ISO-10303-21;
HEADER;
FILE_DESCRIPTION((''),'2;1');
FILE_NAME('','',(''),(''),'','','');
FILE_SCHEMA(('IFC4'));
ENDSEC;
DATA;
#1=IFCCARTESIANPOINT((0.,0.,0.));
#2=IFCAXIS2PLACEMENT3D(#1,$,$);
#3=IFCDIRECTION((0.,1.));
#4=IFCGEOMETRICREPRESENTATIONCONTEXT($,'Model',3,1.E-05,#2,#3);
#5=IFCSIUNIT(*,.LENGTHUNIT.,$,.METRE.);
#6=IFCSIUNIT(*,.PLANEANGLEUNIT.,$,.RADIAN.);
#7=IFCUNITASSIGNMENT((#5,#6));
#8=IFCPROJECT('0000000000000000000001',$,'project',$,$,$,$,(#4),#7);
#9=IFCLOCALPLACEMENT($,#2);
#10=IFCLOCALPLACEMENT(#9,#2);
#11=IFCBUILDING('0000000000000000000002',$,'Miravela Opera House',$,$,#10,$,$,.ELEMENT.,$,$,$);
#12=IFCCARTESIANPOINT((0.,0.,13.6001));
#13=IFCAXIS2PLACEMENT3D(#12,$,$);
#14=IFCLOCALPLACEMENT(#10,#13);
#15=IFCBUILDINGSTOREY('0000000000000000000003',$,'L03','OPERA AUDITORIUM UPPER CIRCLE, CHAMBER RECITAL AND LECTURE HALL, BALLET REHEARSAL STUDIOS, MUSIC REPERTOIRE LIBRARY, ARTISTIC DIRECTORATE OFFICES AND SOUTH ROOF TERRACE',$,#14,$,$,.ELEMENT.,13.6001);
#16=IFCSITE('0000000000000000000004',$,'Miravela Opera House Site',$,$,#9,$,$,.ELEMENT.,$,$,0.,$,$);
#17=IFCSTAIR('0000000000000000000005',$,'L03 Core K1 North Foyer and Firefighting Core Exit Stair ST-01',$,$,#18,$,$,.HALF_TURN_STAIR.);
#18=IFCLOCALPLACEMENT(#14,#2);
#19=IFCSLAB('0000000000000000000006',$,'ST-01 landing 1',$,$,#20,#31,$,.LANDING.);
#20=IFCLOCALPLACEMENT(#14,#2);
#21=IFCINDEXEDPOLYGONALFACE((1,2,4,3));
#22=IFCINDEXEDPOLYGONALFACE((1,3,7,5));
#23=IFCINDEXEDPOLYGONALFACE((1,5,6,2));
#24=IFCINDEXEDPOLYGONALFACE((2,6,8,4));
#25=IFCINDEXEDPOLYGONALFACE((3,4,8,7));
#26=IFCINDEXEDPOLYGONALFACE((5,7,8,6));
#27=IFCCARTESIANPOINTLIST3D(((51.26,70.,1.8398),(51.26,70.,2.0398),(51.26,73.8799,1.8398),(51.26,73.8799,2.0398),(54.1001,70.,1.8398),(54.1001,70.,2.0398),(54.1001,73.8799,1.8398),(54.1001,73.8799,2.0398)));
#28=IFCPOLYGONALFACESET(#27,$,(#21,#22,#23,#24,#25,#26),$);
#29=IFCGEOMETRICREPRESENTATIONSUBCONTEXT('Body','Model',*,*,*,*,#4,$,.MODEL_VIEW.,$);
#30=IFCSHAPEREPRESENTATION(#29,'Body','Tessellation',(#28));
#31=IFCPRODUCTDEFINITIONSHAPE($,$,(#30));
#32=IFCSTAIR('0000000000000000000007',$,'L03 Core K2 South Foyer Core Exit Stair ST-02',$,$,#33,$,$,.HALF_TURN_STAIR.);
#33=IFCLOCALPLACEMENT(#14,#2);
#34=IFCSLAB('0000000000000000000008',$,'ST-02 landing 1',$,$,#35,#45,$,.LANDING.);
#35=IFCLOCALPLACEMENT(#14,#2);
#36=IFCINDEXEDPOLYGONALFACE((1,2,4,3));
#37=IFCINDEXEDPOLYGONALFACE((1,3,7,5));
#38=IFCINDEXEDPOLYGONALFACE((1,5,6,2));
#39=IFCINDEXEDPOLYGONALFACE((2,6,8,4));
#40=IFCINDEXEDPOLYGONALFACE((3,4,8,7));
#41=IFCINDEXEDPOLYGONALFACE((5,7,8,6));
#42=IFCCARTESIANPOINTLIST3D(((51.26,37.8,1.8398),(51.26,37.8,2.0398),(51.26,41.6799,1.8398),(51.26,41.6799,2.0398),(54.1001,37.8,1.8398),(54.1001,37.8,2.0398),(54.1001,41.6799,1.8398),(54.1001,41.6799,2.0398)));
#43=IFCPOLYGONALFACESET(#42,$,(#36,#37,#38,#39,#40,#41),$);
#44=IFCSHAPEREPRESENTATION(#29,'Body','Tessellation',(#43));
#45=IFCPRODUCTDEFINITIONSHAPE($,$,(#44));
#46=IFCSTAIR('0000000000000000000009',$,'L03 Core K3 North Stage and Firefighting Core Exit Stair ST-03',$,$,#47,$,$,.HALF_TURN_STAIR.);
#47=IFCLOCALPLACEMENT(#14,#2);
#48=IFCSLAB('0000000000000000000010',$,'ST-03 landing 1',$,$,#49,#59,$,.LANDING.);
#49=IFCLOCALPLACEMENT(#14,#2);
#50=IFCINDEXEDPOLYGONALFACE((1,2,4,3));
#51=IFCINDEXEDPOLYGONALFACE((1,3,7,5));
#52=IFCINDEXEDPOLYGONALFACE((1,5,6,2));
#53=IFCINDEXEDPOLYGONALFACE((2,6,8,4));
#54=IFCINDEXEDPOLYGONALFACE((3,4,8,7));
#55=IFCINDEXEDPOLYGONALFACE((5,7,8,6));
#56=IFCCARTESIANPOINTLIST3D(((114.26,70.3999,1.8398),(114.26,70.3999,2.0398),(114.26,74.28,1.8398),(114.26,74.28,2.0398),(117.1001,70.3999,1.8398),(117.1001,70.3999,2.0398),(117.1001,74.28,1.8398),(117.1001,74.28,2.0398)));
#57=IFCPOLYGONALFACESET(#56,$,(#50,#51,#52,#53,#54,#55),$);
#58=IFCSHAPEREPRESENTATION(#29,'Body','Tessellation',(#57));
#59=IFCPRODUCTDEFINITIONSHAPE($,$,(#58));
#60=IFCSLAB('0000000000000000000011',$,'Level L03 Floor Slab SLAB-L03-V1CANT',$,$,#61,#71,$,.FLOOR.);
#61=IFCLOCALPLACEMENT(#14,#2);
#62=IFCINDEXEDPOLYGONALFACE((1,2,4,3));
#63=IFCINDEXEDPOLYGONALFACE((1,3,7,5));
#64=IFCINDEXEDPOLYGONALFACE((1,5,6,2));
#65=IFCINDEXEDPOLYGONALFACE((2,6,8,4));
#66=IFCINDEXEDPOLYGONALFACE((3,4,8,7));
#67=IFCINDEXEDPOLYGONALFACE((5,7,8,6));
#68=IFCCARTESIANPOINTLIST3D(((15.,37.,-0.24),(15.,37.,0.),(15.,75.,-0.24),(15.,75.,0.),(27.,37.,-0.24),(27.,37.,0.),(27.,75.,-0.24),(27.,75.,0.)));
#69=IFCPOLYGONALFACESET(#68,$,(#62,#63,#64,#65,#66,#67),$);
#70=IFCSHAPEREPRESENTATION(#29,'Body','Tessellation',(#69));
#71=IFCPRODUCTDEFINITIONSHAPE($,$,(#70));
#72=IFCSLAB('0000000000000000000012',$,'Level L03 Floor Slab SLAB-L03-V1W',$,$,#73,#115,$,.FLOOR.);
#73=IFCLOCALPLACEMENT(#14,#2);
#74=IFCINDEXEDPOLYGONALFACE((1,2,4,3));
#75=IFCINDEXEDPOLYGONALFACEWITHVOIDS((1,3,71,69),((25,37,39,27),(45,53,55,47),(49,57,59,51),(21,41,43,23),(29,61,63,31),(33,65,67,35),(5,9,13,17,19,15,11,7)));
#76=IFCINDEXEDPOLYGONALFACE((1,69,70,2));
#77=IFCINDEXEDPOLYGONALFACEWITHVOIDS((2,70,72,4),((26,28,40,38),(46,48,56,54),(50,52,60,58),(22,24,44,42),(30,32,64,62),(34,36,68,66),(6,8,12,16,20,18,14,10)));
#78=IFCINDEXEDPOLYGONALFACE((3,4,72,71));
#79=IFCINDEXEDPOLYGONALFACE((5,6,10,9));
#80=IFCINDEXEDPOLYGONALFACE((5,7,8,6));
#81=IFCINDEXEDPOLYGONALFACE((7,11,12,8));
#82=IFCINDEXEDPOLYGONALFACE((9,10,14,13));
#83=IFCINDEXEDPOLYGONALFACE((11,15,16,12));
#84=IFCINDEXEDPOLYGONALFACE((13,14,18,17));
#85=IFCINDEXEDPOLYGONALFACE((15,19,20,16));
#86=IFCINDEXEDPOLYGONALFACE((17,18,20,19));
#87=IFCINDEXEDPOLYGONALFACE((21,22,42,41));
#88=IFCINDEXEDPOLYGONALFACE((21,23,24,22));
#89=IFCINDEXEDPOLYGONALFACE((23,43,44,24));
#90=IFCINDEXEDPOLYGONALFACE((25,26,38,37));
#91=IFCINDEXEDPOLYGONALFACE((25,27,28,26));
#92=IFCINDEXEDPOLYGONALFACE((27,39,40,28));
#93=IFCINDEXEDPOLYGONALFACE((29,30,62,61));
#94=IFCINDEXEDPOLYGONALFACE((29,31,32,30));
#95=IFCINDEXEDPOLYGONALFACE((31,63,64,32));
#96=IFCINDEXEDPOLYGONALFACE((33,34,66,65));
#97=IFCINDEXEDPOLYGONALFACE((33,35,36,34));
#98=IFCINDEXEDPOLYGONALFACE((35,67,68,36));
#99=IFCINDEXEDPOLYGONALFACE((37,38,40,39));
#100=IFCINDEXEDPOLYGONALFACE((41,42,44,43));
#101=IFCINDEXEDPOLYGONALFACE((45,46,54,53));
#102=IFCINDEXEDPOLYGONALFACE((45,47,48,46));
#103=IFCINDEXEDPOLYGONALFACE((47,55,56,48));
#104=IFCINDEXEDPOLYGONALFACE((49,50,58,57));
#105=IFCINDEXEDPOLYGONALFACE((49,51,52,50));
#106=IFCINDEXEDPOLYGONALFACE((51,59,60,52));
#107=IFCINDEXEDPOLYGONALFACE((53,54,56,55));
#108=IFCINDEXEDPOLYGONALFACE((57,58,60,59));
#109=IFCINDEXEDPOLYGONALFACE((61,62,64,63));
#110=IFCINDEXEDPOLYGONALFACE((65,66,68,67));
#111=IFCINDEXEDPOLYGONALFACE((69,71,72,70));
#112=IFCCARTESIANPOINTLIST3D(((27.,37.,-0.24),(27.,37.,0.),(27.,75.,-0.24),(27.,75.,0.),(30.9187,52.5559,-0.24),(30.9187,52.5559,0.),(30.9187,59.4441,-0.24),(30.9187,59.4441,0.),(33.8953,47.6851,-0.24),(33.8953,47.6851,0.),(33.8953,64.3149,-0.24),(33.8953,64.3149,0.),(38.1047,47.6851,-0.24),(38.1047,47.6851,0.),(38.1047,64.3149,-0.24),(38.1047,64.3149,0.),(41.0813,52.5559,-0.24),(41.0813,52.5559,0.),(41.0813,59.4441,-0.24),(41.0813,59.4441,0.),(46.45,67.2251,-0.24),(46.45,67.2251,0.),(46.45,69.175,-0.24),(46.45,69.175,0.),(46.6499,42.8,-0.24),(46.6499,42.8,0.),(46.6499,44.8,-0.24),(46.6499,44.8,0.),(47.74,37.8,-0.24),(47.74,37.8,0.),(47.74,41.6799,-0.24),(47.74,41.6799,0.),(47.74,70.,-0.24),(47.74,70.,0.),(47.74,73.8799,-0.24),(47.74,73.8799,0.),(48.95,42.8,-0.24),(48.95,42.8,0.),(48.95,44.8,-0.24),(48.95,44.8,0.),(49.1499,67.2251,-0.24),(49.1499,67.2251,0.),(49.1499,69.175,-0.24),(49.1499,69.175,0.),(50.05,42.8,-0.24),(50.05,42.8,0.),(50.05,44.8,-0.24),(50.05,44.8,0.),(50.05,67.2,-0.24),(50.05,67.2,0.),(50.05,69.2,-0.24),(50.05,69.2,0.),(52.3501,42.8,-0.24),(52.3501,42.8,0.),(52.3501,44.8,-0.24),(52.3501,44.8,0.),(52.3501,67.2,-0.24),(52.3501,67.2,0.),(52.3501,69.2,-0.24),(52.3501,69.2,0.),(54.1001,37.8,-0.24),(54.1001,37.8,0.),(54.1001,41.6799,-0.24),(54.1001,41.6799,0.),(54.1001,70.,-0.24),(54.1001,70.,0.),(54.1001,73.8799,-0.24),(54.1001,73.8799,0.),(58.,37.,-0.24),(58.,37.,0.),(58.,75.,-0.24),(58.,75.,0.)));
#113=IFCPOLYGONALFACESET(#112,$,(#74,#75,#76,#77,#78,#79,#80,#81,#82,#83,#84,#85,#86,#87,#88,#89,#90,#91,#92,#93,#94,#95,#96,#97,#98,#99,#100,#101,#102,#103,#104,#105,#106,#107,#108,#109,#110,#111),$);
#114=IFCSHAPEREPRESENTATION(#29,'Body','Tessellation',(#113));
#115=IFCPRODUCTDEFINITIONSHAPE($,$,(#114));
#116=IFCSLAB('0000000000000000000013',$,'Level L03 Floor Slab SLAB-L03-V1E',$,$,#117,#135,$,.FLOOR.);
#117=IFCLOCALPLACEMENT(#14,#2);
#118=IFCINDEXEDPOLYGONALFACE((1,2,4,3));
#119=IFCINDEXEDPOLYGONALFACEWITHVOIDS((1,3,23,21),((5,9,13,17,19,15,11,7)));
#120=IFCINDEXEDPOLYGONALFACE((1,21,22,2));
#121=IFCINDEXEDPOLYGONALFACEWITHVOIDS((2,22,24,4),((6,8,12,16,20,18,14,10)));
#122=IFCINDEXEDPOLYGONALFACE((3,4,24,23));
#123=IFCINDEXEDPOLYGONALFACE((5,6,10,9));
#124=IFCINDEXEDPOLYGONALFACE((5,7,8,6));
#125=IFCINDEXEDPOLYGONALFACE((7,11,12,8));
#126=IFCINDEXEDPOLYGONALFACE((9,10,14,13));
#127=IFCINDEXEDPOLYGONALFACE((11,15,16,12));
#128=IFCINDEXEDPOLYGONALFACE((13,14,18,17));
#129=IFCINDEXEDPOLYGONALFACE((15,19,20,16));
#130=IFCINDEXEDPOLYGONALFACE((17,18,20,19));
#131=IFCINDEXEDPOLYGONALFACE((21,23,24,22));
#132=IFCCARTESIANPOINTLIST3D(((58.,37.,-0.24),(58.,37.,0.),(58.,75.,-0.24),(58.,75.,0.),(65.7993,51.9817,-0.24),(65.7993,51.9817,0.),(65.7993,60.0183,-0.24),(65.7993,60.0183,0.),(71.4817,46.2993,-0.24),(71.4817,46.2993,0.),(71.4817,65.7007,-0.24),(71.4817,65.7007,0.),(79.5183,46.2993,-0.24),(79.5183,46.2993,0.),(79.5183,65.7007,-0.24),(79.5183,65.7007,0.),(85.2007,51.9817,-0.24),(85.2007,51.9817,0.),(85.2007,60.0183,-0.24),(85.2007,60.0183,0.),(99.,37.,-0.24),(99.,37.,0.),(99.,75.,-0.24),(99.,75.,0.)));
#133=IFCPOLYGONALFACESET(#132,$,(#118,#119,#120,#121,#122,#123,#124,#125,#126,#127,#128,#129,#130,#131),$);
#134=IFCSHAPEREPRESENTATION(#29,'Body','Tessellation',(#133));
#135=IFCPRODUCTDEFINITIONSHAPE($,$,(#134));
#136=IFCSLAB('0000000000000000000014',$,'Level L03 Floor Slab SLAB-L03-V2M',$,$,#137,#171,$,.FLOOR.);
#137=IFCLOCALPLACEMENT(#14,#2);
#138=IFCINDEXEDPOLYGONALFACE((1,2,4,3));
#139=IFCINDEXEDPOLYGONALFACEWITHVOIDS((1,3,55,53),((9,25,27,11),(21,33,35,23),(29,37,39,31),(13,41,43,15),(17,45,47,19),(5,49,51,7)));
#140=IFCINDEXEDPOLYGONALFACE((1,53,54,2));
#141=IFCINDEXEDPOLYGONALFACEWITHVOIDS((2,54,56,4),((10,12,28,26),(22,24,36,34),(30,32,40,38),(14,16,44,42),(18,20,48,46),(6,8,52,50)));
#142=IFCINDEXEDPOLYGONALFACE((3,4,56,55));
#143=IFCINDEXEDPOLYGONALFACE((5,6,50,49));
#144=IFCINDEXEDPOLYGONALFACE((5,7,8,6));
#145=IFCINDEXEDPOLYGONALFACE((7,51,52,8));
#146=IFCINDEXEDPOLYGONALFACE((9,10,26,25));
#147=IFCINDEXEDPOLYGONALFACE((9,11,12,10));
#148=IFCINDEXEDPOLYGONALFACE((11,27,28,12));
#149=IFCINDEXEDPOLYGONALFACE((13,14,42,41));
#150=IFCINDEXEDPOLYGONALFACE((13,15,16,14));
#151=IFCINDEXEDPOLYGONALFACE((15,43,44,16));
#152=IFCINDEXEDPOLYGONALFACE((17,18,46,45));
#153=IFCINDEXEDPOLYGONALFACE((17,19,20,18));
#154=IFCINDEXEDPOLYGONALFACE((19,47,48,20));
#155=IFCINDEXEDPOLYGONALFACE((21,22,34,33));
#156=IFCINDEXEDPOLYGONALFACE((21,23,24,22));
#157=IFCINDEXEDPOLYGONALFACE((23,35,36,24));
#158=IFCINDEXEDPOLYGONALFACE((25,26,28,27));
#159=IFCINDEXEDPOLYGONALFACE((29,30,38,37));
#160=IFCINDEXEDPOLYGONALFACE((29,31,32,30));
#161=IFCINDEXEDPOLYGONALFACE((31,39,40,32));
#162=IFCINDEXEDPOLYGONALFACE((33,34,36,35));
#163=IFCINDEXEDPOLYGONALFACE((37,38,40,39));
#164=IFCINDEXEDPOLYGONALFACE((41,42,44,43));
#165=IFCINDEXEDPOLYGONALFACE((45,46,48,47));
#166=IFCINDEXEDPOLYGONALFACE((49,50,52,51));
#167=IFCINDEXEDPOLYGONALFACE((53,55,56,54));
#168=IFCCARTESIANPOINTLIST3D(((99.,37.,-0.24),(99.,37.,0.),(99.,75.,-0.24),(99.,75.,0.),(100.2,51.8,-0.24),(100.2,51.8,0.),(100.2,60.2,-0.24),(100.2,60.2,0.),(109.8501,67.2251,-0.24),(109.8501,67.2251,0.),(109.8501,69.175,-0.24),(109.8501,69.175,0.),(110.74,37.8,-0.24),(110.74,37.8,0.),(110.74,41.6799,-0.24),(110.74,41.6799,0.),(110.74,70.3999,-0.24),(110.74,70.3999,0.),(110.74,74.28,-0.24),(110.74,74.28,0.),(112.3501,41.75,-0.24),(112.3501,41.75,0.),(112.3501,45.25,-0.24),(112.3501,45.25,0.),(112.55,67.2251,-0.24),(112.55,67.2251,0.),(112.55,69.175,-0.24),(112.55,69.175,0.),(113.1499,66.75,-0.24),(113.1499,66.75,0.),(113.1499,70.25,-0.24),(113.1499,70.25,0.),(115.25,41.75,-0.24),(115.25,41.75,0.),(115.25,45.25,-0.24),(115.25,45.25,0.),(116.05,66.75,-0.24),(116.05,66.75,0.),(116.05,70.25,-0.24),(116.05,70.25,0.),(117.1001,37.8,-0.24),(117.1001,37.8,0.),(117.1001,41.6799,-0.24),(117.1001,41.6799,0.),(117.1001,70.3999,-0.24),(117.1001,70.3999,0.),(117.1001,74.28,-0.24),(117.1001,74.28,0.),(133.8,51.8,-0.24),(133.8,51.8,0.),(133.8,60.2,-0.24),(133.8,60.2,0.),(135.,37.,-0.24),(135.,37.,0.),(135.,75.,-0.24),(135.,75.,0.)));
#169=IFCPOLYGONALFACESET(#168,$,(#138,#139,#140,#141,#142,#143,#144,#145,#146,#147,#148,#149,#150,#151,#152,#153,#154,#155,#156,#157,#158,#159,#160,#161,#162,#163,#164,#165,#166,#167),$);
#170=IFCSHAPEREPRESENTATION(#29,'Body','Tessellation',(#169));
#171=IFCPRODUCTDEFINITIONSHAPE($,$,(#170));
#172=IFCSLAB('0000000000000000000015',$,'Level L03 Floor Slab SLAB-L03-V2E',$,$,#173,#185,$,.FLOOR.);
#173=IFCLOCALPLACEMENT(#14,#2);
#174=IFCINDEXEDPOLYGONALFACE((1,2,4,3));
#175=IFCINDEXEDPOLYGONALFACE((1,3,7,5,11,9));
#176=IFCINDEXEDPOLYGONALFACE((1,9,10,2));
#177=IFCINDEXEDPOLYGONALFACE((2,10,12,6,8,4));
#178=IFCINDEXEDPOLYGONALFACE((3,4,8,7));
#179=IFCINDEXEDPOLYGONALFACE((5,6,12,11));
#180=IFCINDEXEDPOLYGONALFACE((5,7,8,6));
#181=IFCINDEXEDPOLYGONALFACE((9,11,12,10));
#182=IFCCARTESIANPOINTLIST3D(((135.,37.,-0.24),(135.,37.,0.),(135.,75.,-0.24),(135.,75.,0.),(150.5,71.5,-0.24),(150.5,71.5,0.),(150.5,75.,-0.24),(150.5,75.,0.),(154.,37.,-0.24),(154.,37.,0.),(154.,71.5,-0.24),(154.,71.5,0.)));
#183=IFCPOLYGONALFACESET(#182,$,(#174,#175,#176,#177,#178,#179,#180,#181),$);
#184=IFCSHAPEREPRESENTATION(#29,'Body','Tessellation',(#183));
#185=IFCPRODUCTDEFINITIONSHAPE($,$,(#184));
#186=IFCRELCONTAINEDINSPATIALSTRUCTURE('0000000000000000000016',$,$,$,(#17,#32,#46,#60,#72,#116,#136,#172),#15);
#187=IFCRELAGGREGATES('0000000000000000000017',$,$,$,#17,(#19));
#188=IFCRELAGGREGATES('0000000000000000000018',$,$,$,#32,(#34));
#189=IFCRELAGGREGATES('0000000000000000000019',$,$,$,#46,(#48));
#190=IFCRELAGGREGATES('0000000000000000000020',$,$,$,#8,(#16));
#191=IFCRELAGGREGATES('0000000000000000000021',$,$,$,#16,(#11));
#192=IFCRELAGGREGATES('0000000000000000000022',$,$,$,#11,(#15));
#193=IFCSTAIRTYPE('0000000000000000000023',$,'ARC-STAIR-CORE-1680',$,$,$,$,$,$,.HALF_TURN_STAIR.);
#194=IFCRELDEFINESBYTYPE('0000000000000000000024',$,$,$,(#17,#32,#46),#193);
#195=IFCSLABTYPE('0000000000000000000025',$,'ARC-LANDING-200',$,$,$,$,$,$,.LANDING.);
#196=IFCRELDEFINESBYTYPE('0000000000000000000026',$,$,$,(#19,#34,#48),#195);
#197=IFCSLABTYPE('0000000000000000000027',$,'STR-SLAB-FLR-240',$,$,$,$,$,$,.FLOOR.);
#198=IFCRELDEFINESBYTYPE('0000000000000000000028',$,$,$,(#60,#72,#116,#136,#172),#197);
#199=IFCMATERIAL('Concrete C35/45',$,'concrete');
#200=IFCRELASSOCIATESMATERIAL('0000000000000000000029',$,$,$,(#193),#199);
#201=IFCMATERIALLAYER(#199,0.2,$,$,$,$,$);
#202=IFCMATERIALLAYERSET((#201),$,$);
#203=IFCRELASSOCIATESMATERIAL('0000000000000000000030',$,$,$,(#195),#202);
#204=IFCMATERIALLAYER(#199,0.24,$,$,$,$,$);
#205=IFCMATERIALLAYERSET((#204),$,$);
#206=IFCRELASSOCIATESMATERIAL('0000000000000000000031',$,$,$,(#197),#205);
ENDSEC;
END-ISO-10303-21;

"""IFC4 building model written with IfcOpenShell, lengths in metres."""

from ifc_helpers import new_model, si_unit, direction, frame, origin, place, context, subcontext, project, spatial, polyline, outline, extrude, material, layer, layer_set, type_object, element, aggregate, save


model = new_model("IFC4")

# Units and contexts
model_context = context("Model", 3, precision=1e-05, world=origin(), true_north=direction((0.0, 1.0)))
body_context = subcontext(model_context, "Body", "Model", "MODEL_VIEW")
ifc_project = project(units=[si_unit("LENGTHUNIT", "METRE"), si_unit("PLANEANGLEUNIT", "RADIAN")], contexts=[model_context])

# Site, building, storey
site_placement = place(None, origin())
site = spatial("IfcSite", under=ifc_project, at=site_placement, Name="Miravela Opera House Site", CompositionType="ELEMENT", RefElevation=0.0)
building_placement = place(site_placement, origin())
building = spatial("IfcBuilding", under=site, at=building_placement, Name="Miravela Opera House", CompositionType="ELEMENT")
storey_placement = place(building_placement, frame((0.0, 0.0, 13.6001)))
storey = spatial("IfcBuildingStorey", under=building, at=storey_placement, Name="L03", Description="OPERA AUDITORIUM UPPER CIRCLE, CHAMBER RECITAL AND LECTURE HALL, BALLET REHEARSAL STUDIOS, MUSIC REPERTOIRE LIBRARY, ARTISTIC DIRECTORATE OFFICES AND SOUTH ROOF TERRACE", CompositionType="ELEMENT", Elevation=13.6001)

# Stairs, slabs
ifc_material_1 = material(Name="Concrete C35/45", Category="concrete")
stair_type = type_object("IfcStairType", Name="ARC-STAIR-CORE-1680", PredefinedType="HALF_TURN_STAIR", material=ifc_material_1)
stair_1_placement = place(storey_placement, origin())
stair_1 = element("IfcStair", 1, at=stair_1_placement, inside=storey, type_object=stair_type, Name="L03 Core K1 North Foyer and Firefighting Core Exit Stair ST-01", PredefinedType="HALF_TURN_STAIR")
ifc_layer_1 = layer(ifc_material_1, 0.2)
ifc_layer_set_1 = layer_set([ifc_layer_1])
slab_type_1 = type_object("IfcSlabType", Name="ARC-LANDING-200", PredefinedType="LANDING", material=ifc_layer_set_1)
slab_1_placement = place(storey_placement, frame((0.0, 0.0, 1.8398)))
slab_1 = element("IfcSlab", 2, at=slab_1_placement, type_object=slab_type_1, Name="ST-01 landing 1", PredefinedType="LANDING", context=body_context, shape_type="SweptSolid", body=[
    extrude(outline(polyline([(51.26, 70.0), (54.1001, 70.0), (54.1001, 73.8799), (51.26, 73.8799), (51.26, 70.0)])), origin(), (0.0, 0.0, 1.0), 0.2),
])
aggregate(stair_1, [slab_1])
stair_2_placement = place(storey_placement, origin())
stair_2 = element("IfcStair", 3, at=stair_2_placement, inside=storey, type_object=stair_type, Name="L03 Core K2 South Foyer Core Exit Stair ST-02", PredefinedType="HALF_TURN_STAIR")
slab_2_placement = place(storey_placement, frame((0.0, 0.0, 1.8398)))
slab_2 = element("IfcSlab", 4, at=slab_2_placement, type_object=slab_type_1, Name="ST-02 landing 1", PredefinedType="LANDING", context=body_context, shape_type="SweptSolid", body=[
    extrude(outline(polyline([(51.26, 37.8), (54.1001, 37.8), (54.1001, 41.6799), (51.26, 41.6799), (51.26, 37.8)])), origin(), (0.0, 0.0, 1.0), 0.2),
])
aggregate(stair_2, [slab_2])
stair_3_placement = place(storey_placement, origin())
stair_3 = element("IfcStair", 5, at=stair_3_placement, inside=storey, type_object=stair_type, Name="L03 Core K3 North Stage and Firefighting Core Exit Stair ST-03", PredefinedType="HALF_TURN_STAIR")
slab_3_placement = place(storey_placement, frame((0.0, 0.0, 1.8398)))
slab_3 = element("IfcSlab", 6, at=slab_3_placement, type_object=slab_type_1, Name="ST-03 landing 1", PredefinedType="LANDING", context=body_context, shape_type="SweptSolid", body=[
    extrude(outline(polyline([(114.26, 70.3999), (117.1001, 70.3999), (117.1001, 74.28), (114.26, 74.28), (114.26, 70.3999)])), origin(), (0.0, 0.0, 1.0), 0.2),
])
aggregate(stair_3, [slab_3])

# Slabs
ifc_layer_2 = layer(ifc_material_1, 0.24)
ifc_layer_set_2 = layer_set([ifc_layer_2])
slab_type_2 = type_object("IfcSlabType", Name="STR-SLAB-FLR-240", PredefinedType="FLOOR", material=ifc_layer_set_2)
slab_4_placement = place(storey_placement, frame((0.0, 0.0, -0.24)))
element("IfcSlab", 7, at=slab_4_placement, inside=storey, type_object=slab_type_2, Name="Level L03 Floor Slab SLAB-L03-V1CANT", PredefinedType="FLOOR", context=body_context, shape_type="SweptSolid", body=[
    extrude(outline(polyline([(15.0, 37.0), (27.0, 37.0), (27.0, 75.0), (15.0, 75.0), (15.0, 37.0)])), origin(), (0.0, 0.0, 1.0), 0.24),
])
slab_5_placement = place(storey_placement, frame((0.0, 0.0, -0.24)))
element("IfcSlab", 8, at=slab_5_placement, inside=storey, type_object=slab_type_2, Name="Level L03 Floor Slab SLAB-L03-V1W", PredefinedType="FLOOR", context=body_context, shape_type="SweptSolid", body=[
    extrude(outline(polyline([(27.0, 37.0), (58.0, 37.0), (58.0, 75.0), (27.0, 75.0), (27.0, 37.0)]), holes=[polyline([(47.74, 70.0), (54.1001, 70.0), (54.1001, 73.8799), (47.74, 73.8799), (47.74, 70.0)]), polyline([(47.74, 37.8), (54.1001, 37.8), (54.1001, 41.6799), (47.74, 41.6799), (47.74, 37.8)]), polyline([(46.45, 67.2251), (49.1499, 67.2251), (49.1499, 69.175), (46.45, 69.175), (46.45, 67.2251)]), polyline([(50.05, 67.2), (52.3501, 67.2), (52.3501, 69.2), (50.05, 69.2), (50.05, 67.2)]), polyline([(46.6499, 42.8), (48.95, 42.8), (48.95, 44.8), (46.6499, 44.8), (46.6499, 42.8)]), polyline([(50.05, 42.8), (52.3501, 42.8), (52.3501, 44.8), (50.05, 44.8), (50.05, 42.8)]), polyline([(41.0813, 59.4441), (38.1047, 64.3149), (33.8953, 64.3149), (30.9187, 59.4441), (30.9187, 52.5559), (33.8953, 47.6851), (38.1047, 47.6851), (41.0813, 52.5559), (41.0813, 59.4441)])]), origin(), (0.0, 0.0, 1.0), 0.24),
])
slab_6_placement = place(storey_placement, frame((0.0, 0.0, -0.24)))
element("IfcSlab", 9, at=slab_6_placement, inside=storey, type_object=slab_type_2, Name="Level L03 Floor Slab SLAB-L03-V1E", PredefinedType="FLOOR", context=body_context, shape_type="SweptSolid", body=[
    extrude(outline(polyline([(58.0, 37.0), (99.0, 37.0), (99.0, 75.0), (58.0, 75.0), (58.0, 37.0)]), holes=[polyline([(85.2007, 60.0183), (79.5183, 65.7007), (71.4817, 65.7007), (65.7993, 60.0183), (65.7993, 51.9817), (71.4817, 46.2993), (79.5183, 46.2993), (85.2007, 51.9817), (85.2007, 60.0183)])]), origin(), (0.0, 0.0, 1.0), 0.24),
])
slab_7_placement = place(storey_placement, frame((0.0, 0.0, -0.24)))
element("IfcSlab", 10, at=slab_7_placement, inside=storey, type_object=slab_type_2, Name="Level L03 Floor Slab SLAB-L03-V2M", PredefinedType="FLOOR", context=body_context, shape_type="SweptSolid", body=[
    extrude(outline(polyline([(99.0, 37.0), (135.0, 37.0), (135.0, 75.0), (99.0, 75.0), (99.0, 37.0)]), holes=[polyline([(110.74, 70.3999), (117.1001, 70.3999), (117.1001, 74.28), (110.74, 74.28), (110.74, 70.3999)]), polyline([(110.74, 37.8), (117.1001, 37.8), (117.1001, 41.6799), (110.74, 41.6799), (110.74, 37.8)]), polyline([(109.8501, 67.2251), (112.55, 67.2251), (112.55, 69.175), (109.8501, 69.175), (109.8501, 67.2251)]), polyline([(113.1499, 66.75), (116.05, 66.75), (116.05, 70.25), (113.1499, 70.25), (113.1499, 66.75)]), polyline([(112.3501, 41.75), (115.25, 41.75), (115.25, 45.25), (112.3501, 45.25), (112.3501, 41.75)]), polyline([(100.2, 51.8), (133.8, 51.8), (133.8, 60.2), (100.2, 60.2), (100.2, 51.8)])]), origin(), (0.0, 0.0, 1.0), 0.24),
])
slab_8_placement = place(storey_placement, frame((0.0, 0.0, -0.24)))
element("IfcSlab", 11, at=slab_8_placement, inside=storey, type_object=slab_type_2, Name="Level L03 Floor Slab SLAB-L03-V2E", PredefinedType="FLOOR", context=body_context, shape_type="SweptSolid", body=[
    extrude(outline(polyline([(135.0, 37.0), (154.0, 37.0), (154.0, 71.5), (150.5, 71.5), (150.5, 75.0), (135.0, 75.0), (135.0, 37.0)])), origin(), (0.0, 0.0, 1.0), 0.24),
])

save(model, "model.ifc")
